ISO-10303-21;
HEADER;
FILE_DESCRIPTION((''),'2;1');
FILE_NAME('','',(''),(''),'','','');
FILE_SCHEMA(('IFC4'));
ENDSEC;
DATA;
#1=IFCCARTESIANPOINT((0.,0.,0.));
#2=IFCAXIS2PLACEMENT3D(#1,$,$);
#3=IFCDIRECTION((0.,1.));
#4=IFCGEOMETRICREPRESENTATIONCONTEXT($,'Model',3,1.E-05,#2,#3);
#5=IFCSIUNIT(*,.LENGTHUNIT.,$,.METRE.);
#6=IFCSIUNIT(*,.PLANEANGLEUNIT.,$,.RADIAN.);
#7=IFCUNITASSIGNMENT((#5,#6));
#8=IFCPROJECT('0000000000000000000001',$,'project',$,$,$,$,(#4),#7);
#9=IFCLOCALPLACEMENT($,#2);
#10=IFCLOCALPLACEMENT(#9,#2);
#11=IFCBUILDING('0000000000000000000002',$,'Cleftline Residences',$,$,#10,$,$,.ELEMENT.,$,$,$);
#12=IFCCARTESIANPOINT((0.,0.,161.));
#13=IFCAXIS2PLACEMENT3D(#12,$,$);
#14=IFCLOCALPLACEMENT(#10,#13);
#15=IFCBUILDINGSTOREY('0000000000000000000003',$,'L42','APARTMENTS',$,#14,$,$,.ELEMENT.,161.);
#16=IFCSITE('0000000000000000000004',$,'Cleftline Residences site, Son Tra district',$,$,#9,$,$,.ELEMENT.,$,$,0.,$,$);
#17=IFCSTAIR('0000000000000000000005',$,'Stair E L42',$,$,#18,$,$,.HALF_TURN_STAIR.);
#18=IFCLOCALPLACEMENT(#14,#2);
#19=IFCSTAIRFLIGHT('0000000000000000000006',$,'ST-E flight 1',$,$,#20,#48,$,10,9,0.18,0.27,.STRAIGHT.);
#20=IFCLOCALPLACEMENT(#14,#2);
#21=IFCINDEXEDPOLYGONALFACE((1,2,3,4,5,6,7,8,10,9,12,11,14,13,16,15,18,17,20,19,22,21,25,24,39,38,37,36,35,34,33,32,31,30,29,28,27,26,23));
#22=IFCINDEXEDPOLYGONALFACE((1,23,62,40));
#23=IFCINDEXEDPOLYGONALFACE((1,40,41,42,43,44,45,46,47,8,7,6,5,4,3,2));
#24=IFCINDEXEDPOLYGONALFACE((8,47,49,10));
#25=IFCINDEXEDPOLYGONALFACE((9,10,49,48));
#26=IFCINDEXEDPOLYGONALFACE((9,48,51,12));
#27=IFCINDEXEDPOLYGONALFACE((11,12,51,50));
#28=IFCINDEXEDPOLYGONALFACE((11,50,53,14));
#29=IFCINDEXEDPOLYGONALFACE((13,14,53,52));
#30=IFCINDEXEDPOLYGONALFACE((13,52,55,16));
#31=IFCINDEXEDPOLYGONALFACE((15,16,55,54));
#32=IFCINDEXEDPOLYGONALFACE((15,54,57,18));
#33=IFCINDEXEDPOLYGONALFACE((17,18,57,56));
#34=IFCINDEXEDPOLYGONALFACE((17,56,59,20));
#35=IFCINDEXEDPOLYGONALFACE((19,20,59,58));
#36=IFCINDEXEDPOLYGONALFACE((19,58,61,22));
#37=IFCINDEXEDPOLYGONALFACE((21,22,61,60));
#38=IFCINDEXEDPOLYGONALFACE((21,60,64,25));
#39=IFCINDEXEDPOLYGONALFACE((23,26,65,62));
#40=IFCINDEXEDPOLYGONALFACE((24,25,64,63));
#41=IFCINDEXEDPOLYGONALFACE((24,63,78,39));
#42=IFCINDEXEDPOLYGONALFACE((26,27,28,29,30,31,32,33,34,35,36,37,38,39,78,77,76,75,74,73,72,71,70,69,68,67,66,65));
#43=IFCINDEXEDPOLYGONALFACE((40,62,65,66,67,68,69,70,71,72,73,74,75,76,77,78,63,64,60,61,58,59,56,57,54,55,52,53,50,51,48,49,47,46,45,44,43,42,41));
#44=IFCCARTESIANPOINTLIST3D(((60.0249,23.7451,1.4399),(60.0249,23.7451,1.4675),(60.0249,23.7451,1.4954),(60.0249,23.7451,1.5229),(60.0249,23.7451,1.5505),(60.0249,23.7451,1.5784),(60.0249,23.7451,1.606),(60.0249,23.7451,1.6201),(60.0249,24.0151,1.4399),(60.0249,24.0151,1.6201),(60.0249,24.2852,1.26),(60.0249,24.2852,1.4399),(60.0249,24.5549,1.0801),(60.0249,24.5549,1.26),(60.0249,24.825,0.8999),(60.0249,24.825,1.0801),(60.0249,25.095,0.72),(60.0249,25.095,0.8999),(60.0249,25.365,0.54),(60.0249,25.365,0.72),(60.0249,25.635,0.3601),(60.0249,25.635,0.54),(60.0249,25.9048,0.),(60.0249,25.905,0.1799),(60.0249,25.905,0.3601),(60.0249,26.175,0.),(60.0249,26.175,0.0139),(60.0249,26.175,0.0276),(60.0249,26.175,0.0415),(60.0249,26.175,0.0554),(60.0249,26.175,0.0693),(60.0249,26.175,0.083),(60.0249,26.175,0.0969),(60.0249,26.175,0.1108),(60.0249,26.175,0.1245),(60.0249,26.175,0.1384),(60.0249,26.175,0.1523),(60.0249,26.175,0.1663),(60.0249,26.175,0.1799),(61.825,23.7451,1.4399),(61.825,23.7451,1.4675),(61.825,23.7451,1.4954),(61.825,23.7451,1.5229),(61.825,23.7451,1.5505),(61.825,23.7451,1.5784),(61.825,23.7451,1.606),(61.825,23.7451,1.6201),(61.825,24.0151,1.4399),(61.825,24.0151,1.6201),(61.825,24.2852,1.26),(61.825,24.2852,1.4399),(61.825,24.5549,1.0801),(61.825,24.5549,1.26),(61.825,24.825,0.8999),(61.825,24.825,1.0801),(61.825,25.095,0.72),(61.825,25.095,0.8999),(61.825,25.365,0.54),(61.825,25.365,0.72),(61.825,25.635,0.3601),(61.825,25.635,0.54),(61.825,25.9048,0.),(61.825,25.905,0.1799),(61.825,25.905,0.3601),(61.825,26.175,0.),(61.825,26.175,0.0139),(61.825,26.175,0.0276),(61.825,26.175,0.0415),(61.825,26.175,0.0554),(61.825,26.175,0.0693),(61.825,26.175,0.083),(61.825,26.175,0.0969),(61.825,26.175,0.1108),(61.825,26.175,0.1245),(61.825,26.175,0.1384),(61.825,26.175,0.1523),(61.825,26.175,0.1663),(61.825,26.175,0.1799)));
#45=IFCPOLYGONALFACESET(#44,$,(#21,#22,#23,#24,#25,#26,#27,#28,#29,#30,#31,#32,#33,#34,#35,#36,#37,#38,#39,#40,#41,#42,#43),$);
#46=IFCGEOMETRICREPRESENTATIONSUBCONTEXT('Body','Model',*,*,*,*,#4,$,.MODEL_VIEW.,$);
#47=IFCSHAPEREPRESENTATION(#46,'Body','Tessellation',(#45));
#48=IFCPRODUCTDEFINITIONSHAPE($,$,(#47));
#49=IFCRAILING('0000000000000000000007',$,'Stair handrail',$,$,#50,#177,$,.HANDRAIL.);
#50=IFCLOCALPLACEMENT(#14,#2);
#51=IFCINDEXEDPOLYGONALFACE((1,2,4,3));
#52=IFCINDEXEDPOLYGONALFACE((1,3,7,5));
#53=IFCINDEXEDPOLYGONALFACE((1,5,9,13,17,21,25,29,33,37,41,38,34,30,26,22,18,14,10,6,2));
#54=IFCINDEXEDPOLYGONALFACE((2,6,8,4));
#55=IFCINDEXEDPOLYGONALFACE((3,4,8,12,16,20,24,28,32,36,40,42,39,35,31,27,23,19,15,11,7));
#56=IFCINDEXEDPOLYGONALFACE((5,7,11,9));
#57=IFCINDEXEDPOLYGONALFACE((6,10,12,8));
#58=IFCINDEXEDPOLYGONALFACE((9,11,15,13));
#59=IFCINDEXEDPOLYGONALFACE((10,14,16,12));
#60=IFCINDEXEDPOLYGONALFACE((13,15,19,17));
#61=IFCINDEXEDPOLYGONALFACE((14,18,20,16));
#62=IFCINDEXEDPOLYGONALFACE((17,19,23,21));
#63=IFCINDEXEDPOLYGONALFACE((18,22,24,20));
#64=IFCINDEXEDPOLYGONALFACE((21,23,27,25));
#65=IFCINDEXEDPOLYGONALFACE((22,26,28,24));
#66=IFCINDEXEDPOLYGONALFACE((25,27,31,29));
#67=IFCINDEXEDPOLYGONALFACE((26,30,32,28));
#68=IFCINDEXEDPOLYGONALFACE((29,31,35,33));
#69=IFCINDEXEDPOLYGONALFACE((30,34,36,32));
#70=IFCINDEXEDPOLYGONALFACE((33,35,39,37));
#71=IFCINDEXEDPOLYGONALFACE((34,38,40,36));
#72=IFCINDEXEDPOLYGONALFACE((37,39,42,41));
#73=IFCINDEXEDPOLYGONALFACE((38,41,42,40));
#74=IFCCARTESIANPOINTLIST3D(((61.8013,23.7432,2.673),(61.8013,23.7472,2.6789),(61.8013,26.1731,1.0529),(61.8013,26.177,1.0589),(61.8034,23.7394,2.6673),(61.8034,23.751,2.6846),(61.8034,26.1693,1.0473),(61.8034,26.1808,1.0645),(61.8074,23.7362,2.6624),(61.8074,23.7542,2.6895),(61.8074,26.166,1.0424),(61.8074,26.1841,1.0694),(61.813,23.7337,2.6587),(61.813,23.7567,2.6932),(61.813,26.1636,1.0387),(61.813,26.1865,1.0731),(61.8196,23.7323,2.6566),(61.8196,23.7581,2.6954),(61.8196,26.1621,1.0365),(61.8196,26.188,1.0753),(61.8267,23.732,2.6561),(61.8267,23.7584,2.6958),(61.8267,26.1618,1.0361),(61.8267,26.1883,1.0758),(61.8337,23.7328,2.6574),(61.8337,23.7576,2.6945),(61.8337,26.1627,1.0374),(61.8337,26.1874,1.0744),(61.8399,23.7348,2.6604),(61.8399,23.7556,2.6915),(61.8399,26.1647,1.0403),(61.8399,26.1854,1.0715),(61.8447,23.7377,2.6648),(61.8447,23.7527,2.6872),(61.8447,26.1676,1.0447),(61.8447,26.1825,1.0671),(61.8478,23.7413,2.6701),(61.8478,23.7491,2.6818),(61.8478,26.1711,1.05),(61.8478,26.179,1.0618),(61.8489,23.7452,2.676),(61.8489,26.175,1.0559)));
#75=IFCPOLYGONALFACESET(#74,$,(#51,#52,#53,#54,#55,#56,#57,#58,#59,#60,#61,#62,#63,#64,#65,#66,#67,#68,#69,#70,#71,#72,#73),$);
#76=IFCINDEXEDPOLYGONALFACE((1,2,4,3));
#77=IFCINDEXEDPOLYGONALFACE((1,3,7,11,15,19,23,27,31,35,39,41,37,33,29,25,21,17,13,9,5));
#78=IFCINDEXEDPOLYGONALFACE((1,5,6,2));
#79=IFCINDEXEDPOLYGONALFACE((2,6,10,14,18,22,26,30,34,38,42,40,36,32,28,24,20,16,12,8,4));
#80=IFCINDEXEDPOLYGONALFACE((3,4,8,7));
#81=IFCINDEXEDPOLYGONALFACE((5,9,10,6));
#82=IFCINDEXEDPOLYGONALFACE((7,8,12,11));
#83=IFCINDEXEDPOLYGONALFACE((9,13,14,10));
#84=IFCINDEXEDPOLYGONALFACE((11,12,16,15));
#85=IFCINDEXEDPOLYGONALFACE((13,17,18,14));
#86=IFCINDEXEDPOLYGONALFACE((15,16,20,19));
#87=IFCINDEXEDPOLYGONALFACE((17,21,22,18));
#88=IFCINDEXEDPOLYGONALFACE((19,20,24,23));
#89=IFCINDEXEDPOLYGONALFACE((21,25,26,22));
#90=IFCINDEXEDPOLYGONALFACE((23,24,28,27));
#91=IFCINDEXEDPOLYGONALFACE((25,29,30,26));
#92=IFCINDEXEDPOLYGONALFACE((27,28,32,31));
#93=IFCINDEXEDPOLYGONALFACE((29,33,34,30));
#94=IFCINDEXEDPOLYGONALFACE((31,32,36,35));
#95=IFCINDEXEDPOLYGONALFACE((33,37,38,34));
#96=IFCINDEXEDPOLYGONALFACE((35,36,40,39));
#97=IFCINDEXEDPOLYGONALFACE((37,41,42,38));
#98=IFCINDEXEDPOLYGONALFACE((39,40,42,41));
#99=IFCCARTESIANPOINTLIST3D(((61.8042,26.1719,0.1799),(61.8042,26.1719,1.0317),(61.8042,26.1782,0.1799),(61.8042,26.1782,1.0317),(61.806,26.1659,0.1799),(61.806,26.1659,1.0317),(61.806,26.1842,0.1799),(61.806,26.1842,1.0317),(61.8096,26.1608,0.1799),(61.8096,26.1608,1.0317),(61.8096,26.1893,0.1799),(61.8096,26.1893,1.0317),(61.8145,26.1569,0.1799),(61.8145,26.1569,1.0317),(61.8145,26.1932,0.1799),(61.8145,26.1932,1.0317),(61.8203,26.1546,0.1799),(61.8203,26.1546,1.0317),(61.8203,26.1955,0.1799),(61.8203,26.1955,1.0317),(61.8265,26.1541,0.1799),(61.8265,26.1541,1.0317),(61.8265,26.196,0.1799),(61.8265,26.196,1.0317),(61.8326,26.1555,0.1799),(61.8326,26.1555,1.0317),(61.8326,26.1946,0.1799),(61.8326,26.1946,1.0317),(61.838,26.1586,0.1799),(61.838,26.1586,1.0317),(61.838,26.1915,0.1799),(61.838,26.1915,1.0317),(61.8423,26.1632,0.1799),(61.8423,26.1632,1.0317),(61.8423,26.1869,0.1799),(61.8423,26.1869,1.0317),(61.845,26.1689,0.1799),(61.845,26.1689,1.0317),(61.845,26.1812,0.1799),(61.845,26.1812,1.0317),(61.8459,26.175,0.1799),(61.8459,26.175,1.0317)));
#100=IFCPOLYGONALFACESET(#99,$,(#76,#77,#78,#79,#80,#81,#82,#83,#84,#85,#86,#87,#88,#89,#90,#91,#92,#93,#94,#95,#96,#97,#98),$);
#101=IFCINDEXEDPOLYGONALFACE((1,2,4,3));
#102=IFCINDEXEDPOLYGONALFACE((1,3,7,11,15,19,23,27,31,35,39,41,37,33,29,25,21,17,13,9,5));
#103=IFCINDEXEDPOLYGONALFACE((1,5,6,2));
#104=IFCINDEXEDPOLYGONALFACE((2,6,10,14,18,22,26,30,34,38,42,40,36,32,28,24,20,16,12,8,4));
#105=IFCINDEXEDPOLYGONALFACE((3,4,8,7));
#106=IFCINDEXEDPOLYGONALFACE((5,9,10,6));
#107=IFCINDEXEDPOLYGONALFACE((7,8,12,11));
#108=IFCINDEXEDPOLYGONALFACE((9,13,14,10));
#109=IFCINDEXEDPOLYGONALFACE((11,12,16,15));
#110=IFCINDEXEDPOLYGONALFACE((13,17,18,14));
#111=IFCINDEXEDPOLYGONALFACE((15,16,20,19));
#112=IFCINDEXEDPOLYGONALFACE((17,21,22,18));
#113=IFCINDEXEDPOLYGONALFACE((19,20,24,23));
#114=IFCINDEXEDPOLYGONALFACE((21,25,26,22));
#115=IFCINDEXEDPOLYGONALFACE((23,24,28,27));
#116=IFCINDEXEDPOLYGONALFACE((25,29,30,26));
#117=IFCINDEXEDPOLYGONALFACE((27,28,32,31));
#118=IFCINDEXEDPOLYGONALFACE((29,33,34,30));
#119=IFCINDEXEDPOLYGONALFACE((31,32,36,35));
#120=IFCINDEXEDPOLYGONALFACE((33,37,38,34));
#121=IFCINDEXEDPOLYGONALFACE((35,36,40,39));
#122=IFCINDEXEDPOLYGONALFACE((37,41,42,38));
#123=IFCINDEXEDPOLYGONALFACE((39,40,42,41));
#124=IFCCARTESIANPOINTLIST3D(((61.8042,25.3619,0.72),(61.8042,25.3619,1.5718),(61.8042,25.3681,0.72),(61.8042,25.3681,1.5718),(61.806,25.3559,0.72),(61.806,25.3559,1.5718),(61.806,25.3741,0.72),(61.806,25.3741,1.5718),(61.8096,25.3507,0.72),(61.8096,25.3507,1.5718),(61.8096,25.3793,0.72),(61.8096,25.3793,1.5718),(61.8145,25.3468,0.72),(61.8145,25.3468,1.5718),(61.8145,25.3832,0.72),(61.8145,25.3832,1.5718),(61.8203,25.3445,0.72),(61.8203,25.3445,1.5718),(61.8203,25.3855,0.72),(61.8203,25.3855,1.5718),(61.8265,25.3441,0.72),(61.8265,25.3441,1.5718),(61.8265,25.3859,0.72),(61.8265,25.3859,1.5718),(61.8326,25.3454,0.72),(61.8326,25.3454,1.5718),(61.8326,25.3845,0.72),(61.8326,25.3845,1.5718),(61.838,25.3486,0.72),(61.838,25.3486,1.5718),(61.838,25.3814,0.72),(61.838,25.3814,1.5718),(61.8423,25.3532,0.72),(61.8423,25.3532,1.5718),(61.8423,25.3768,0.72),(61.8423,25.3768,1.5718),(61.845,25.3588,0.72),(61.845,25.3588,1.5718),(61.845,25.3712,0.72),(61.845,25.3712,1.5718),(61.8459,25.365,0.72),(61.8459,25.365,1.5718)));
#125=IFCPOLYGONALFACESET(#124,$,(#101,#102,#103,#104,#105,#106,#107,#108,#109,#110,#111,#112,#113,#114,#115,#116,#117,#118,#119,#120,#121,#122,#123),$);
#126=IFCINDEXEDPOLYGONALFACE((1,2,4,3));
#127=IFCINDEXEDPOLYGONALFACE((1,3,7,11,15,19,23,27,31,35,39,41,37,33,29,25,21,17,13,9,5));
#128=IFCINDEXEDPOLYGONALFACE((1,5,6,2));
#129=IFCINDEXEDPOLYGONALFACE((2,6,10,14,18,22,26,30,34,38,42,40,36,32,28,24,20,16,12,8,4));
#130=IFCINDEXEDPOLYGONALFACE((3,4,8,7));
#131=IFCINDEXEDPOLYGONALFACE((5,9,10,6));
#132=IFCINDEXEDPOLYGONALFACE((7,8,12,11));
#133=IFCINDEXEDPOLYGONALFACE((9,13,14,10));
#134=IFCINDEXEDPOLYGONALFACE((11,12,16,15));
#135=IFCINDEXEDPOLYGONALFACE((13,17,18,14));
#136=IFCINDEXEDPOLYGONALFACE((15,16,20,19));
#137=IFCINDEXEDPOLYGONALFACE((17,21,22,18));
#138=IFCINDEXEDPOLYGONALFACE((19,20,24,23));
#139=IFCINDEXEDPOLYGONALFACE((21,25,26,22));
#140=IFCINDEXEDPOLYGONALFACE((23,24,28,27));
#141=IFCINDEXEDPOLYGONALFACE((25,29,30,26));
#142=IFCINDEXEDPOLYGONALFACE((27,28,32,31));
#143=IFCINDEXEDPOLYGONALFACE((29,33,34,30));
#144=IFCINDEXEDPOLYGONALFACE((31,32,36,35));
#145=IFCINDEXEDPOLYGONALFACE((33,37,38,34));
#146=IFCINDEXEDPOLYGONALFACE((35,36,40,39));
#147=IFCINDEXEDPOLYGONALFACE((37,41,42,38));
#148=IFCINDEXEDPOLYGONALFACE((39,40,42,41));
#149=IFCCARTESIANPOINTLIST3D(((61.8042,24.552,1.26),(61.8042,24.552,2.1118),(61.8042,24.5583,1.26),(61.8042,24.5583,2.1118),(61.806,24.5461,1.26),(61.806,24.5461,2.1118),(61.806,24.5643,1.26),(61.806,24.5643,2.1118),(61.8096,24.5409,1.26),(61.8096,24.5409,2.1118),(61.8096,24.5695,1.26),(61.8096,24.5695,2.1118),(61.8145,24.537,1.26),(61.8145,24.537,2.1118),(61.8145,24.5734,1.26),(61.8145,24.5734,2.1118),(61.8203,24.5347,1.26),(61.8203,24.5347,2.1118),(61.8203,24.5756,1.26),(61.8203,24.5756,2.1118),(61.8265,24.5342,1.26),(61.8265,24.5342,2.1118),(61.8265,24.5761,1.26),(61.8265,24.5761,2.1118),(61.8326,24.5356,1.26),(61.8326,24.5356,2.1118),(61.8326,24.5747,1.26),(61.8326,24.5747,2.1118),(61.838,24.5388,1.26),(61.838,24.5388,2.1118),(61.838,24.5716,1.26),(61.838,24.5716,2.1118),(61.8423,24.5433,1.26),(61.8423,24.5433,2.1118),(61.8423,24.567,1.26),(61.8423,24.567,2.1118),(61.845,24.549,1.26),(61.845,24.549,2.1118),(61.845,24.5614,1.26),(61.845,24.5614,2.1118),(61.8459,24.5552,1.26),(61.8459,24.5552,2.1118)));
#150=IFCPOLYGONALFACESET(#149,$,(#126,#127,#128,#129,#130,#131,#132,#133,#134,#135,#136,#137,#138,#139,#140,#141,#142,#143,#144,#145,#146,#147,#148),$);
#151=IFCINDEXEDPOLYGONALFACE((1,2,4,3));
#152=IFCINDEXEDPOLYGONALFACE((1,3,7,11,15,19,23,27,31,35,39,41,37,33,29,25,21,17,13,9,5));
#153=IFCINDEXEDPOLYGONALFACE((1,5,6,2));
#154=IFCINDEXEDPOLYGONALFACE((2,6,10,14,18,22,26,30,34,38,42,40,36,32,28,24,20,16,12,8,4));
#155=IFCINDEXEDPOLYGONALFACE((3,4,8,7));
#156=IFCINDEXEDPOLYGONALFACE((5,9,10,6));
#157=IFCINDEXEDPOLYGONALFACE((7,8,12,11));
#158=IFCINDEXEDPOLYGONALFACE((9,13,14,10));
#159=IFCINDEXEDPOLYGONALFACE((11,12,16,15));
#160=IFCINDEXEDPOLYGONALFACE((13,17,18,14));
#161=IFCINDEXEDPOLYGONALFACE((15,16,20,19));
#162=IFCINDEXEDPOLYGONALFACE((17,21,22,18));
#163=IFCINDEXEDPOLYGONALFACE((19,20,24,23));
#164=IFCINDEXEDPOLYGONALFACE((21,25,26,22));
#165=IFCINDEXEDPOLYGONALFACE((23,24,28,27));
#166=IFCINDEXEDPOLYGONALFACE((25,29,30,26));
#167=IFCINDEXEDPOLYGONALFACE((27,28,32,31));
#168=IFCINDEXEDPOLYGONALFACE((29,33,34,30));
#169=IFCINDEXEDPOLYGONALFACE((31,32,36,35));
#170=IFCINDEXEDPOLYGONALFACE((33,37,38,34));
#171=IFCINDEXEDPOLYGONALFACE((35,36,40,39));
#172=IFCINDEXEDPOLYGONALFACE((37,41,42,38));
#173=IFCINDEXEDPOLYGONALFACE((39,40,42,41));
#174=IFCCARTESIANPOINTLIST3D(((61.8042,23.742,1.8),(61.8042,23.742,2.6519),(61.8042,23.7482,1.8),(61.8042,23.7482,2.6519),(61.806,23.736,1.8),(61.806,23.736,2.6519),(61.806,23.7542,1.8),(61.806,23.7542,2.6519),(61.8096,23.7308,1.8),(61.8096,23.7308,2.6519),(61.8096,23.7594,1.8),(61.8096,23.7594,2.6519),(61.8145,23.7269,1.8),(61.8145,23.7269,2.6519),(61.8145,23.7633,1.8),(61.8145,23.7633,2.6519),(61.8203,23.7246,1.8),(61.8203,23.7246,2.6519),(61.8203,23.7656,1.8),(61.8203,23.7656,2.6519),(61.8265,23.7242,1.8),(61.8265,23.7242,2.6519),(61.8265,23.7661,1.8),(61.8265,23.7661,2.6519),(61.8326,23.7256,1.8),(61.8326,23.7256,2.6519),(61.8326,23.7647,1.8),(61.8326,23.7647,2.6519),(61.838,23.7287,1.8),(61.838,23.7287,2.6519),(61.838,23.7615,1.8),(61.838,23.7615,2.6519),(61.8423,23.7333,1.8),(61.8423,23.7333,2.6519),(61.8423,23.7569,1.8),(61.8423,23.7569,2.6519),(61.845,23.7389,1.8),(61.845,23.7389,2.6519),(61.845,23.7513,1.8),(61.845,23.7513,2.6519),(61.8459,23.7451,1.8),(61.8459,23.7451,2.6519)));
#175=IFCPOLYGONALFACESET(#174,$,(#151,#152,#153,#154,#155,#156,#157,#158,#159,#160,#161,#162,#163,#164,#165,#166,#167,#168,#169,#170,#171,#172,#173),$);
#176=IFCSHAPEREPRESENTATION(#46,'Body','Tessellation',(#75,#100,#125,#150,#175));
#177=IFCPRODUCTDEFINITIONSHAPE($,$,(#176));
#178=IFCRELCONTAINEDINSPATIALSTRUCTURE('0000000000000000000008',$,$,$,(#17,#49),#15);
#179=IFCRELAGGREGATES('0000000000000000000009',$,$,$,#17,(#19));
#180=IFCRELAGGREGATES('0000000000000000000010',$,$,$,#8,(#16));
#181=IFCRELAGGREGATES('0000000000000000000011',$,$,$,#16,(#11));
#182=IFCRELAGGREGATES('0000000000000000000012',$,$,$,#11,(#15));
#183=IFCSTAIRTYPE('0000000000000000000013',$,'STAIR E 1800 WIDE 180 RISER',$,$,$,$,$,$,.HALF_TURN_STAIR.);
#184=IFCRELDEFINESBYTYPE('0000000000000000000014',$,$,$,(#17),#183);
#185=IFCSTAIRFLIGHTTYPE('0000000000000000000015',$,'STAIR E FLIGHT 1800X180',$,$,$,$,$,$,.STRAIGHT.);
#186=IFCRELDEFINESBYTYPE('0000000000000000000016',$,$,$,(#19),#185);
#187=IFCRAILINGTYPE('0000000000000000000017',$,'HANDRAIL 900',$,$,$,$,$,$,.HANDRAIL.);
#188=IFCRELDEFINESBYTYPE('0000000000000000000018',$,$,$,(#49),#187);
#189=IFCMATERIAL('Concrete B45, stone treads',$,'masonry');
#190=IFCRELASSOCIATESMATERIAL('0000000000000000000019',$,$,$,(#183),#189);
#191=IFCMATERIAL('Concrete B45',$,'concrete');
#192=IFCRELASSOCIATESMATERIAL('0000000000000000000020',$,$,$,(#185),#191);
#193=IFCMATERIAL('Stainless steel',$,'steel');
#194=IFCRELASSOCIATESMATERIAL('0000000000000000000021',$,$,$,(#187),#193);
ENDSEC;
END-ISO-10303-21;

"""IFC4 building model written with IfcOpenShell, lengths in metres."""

from ifc_helpers import new_model, si_unit, direction, frame, origin, origin_2d, place, context, subcontext, project, spatial, polyline, circle, outline, extrude, material, type_object, element, aggregate, save


model = new_model("IFC4")

# Units and contexts
model_context = context("Model", 3, precision=1e-05, world=origin(), true_north=direction((0.0, 1.0)))
body_context = subcontext(model_context, "Body", "Model", "MODEL_VIEW")
ifc_project = project(units=[si_unit("LENGTHUNIT", "METRE"), si_unit("PLANEANGLEUNIT", "RADIAN")], contexts=[model_context])

# Site, building, storey
site_placement = place(None, origin())
site = spatial("IfcSite", under=ifc_project, at=site_placement, Name="Cleftline Residences site, Son Tra district", CompositionType="ELEMENT", RefElevation=0.0)
building_placement = place(site_placement, origin())
building = spatial("IfcBuilding", under=site, at=building_placement, Name="Cleftline Residences", CompositionType="ELEMENT")
storey_placement = place(building_placement, frame((0.0, 0.0, 161.0)))
storey = spatial("IfcBuildingStorey", under=building, at=storey_placement, Name="L42", Description="APARTMENTS", CompositionType="ELEMENT", Elevation=161.0)

# Stair, stair flight
ifc_material_1 = material(Name="Concrete B45, stone treads", Category="masonry")
stair_type = type_object("IfcStairType", Name="STAIR E 1800 WIDE 180 RISER", PredefinedType="HALF_TURN_STAIR", material=ifc_material_1)
stair_placement = place(storey_placement, origin())
stair = element("IfcStair", 1, at=stair_placement, inside=storey, type_object=stair_type, Name="Stair E L42", PredefinedType="HALF_TURN_STAIR")
ifc_material_2 = material(Name="Concrete B45", Category="concrete")
stair_flight_type = type_object("IfcStairFlightType", Name="STAIR E FLIGHT 1800X180", PredefinedType="STRAIGHT", material=ifc_material_2)
stair_flight_placement = place(storey_placement, frame((60.925, 26.175, 0.0), z_axis=(0.0, 0.0, 1.0), x_axis=(0.0, -1.0, 0.0)))
stair_flight = element("IfcStairFlight", 2, at=stair_flight_placement, type_object=stair_flight_type, Name="ST-E flight 1", NumberOfRisers=10, NumberOfTreads=9, PredefinedType="STRAIGHT", RiserHeight=0.18, TreadLength=0.27, context=body_context, shape_type="SweptSolid", body=[
    extrude(outline(polyline([(0.0, 0.0), (0.0, 0.0139), (0.0, 0.0276), (0.0, 0.0415), (0.0, 0.0554), (0.0, 0.0693), (0.0, 0.083), (0.0, 0.0969), (0.0, 0.1108), (0.0, 0.1245), (0.0, 0.1384), (0.0, 0.1523), (0.0, 0.1663), (0.0, 0.1799), (0.27, 0.1799), (0.27, 0.3601), (0.54, 0.3601), (0.54, 0.54), (0.8101, 0.54), (0.8101, 0.72), (1.0801, 0.72), (1.0801, 0.8999), (1.3501, 0.8999), (1.3501, 1.0801), (1.6201, 1.0801), (1.6201, 1.26), (1.8899, 1.26), (1.8899, 1.4399), (2.1599, 1.4399), (2.1599, 1.6201), (2.4299, 1.6201), (2.4299, 1.8), (2.4299, 1.7722), (2.4299, 1.7446), (2.4299, 1.7168), (2.4299, 1.6892), (2.4299, 1.6614), (2.4299, 1.6338), (2.4299, 1.606), (2.4299, 1.5784), (2.4299, 1.5505), (2.4299, 1.5229), (2.4299, 1.4954), (2.4299, 1.4675), (2.4299, 1.4399), (0.2703, 0.0), (0.0, 0.0)])), frame((0.0, 0.8999, 0.0), z_axis=(0.0, -1.0, 0.0), x_axis=(1.0, 0.0, 0.0)), (0.0, 0.0, 1.0), 1.8),
])
aggregate(stair, [stair_flight])

# Railing
ifc_material_3 = material(Name="Stainless steel", Category="steel")
railing_type = type_object("IfcRailingType", Name="HANDRAIL 900", PredefinedType="HANDRAIL", material=ifc_material_3)
railing_placement = place(storey_placement, frame((61.825, 26.175, 0.1799)))
element("IfcRailing", 3, at=railing_placement, inside=storey, type_object=railing_type, Name="Stair handrail", PredefinedType="HANDRAIL", context=body_context, shape_type="SweptSolid", body=[
    extrude(circle(Radius=0.0239, at=origin_2d()), frame((0.0, 0.0, 0.876), z_axis=(0.0, -0.832025, 0.554739), x_axis=(1.0, 0.0, 0.0)), (0.0, 0.0, 1.0), 2.9204),
    extrude(circle(Radius=0.021, at=origin_2d()), origin(), (0.0, 0.0, 1.0), 0.8518),
    extrude(circle(Radius=0.021, at=origin_2d()), frame((0.0, -0.8101, 0.54)), (0.0, 0.0, 1.0), 0.8518),
    extrude(circle(Radius=0.021, at=origin_2d()), frame((0.0, -1.6199, 1.0801)), (0.0, 0.0, 1.0), 0.8518),
    extrude(circle(Radius=0.021, at=origin_2d()), frame((0.0, -2.4299, 1.6201)), (0.0, 0.0, 1.0), 0.8518),
])

save(model, "model.ifc")
